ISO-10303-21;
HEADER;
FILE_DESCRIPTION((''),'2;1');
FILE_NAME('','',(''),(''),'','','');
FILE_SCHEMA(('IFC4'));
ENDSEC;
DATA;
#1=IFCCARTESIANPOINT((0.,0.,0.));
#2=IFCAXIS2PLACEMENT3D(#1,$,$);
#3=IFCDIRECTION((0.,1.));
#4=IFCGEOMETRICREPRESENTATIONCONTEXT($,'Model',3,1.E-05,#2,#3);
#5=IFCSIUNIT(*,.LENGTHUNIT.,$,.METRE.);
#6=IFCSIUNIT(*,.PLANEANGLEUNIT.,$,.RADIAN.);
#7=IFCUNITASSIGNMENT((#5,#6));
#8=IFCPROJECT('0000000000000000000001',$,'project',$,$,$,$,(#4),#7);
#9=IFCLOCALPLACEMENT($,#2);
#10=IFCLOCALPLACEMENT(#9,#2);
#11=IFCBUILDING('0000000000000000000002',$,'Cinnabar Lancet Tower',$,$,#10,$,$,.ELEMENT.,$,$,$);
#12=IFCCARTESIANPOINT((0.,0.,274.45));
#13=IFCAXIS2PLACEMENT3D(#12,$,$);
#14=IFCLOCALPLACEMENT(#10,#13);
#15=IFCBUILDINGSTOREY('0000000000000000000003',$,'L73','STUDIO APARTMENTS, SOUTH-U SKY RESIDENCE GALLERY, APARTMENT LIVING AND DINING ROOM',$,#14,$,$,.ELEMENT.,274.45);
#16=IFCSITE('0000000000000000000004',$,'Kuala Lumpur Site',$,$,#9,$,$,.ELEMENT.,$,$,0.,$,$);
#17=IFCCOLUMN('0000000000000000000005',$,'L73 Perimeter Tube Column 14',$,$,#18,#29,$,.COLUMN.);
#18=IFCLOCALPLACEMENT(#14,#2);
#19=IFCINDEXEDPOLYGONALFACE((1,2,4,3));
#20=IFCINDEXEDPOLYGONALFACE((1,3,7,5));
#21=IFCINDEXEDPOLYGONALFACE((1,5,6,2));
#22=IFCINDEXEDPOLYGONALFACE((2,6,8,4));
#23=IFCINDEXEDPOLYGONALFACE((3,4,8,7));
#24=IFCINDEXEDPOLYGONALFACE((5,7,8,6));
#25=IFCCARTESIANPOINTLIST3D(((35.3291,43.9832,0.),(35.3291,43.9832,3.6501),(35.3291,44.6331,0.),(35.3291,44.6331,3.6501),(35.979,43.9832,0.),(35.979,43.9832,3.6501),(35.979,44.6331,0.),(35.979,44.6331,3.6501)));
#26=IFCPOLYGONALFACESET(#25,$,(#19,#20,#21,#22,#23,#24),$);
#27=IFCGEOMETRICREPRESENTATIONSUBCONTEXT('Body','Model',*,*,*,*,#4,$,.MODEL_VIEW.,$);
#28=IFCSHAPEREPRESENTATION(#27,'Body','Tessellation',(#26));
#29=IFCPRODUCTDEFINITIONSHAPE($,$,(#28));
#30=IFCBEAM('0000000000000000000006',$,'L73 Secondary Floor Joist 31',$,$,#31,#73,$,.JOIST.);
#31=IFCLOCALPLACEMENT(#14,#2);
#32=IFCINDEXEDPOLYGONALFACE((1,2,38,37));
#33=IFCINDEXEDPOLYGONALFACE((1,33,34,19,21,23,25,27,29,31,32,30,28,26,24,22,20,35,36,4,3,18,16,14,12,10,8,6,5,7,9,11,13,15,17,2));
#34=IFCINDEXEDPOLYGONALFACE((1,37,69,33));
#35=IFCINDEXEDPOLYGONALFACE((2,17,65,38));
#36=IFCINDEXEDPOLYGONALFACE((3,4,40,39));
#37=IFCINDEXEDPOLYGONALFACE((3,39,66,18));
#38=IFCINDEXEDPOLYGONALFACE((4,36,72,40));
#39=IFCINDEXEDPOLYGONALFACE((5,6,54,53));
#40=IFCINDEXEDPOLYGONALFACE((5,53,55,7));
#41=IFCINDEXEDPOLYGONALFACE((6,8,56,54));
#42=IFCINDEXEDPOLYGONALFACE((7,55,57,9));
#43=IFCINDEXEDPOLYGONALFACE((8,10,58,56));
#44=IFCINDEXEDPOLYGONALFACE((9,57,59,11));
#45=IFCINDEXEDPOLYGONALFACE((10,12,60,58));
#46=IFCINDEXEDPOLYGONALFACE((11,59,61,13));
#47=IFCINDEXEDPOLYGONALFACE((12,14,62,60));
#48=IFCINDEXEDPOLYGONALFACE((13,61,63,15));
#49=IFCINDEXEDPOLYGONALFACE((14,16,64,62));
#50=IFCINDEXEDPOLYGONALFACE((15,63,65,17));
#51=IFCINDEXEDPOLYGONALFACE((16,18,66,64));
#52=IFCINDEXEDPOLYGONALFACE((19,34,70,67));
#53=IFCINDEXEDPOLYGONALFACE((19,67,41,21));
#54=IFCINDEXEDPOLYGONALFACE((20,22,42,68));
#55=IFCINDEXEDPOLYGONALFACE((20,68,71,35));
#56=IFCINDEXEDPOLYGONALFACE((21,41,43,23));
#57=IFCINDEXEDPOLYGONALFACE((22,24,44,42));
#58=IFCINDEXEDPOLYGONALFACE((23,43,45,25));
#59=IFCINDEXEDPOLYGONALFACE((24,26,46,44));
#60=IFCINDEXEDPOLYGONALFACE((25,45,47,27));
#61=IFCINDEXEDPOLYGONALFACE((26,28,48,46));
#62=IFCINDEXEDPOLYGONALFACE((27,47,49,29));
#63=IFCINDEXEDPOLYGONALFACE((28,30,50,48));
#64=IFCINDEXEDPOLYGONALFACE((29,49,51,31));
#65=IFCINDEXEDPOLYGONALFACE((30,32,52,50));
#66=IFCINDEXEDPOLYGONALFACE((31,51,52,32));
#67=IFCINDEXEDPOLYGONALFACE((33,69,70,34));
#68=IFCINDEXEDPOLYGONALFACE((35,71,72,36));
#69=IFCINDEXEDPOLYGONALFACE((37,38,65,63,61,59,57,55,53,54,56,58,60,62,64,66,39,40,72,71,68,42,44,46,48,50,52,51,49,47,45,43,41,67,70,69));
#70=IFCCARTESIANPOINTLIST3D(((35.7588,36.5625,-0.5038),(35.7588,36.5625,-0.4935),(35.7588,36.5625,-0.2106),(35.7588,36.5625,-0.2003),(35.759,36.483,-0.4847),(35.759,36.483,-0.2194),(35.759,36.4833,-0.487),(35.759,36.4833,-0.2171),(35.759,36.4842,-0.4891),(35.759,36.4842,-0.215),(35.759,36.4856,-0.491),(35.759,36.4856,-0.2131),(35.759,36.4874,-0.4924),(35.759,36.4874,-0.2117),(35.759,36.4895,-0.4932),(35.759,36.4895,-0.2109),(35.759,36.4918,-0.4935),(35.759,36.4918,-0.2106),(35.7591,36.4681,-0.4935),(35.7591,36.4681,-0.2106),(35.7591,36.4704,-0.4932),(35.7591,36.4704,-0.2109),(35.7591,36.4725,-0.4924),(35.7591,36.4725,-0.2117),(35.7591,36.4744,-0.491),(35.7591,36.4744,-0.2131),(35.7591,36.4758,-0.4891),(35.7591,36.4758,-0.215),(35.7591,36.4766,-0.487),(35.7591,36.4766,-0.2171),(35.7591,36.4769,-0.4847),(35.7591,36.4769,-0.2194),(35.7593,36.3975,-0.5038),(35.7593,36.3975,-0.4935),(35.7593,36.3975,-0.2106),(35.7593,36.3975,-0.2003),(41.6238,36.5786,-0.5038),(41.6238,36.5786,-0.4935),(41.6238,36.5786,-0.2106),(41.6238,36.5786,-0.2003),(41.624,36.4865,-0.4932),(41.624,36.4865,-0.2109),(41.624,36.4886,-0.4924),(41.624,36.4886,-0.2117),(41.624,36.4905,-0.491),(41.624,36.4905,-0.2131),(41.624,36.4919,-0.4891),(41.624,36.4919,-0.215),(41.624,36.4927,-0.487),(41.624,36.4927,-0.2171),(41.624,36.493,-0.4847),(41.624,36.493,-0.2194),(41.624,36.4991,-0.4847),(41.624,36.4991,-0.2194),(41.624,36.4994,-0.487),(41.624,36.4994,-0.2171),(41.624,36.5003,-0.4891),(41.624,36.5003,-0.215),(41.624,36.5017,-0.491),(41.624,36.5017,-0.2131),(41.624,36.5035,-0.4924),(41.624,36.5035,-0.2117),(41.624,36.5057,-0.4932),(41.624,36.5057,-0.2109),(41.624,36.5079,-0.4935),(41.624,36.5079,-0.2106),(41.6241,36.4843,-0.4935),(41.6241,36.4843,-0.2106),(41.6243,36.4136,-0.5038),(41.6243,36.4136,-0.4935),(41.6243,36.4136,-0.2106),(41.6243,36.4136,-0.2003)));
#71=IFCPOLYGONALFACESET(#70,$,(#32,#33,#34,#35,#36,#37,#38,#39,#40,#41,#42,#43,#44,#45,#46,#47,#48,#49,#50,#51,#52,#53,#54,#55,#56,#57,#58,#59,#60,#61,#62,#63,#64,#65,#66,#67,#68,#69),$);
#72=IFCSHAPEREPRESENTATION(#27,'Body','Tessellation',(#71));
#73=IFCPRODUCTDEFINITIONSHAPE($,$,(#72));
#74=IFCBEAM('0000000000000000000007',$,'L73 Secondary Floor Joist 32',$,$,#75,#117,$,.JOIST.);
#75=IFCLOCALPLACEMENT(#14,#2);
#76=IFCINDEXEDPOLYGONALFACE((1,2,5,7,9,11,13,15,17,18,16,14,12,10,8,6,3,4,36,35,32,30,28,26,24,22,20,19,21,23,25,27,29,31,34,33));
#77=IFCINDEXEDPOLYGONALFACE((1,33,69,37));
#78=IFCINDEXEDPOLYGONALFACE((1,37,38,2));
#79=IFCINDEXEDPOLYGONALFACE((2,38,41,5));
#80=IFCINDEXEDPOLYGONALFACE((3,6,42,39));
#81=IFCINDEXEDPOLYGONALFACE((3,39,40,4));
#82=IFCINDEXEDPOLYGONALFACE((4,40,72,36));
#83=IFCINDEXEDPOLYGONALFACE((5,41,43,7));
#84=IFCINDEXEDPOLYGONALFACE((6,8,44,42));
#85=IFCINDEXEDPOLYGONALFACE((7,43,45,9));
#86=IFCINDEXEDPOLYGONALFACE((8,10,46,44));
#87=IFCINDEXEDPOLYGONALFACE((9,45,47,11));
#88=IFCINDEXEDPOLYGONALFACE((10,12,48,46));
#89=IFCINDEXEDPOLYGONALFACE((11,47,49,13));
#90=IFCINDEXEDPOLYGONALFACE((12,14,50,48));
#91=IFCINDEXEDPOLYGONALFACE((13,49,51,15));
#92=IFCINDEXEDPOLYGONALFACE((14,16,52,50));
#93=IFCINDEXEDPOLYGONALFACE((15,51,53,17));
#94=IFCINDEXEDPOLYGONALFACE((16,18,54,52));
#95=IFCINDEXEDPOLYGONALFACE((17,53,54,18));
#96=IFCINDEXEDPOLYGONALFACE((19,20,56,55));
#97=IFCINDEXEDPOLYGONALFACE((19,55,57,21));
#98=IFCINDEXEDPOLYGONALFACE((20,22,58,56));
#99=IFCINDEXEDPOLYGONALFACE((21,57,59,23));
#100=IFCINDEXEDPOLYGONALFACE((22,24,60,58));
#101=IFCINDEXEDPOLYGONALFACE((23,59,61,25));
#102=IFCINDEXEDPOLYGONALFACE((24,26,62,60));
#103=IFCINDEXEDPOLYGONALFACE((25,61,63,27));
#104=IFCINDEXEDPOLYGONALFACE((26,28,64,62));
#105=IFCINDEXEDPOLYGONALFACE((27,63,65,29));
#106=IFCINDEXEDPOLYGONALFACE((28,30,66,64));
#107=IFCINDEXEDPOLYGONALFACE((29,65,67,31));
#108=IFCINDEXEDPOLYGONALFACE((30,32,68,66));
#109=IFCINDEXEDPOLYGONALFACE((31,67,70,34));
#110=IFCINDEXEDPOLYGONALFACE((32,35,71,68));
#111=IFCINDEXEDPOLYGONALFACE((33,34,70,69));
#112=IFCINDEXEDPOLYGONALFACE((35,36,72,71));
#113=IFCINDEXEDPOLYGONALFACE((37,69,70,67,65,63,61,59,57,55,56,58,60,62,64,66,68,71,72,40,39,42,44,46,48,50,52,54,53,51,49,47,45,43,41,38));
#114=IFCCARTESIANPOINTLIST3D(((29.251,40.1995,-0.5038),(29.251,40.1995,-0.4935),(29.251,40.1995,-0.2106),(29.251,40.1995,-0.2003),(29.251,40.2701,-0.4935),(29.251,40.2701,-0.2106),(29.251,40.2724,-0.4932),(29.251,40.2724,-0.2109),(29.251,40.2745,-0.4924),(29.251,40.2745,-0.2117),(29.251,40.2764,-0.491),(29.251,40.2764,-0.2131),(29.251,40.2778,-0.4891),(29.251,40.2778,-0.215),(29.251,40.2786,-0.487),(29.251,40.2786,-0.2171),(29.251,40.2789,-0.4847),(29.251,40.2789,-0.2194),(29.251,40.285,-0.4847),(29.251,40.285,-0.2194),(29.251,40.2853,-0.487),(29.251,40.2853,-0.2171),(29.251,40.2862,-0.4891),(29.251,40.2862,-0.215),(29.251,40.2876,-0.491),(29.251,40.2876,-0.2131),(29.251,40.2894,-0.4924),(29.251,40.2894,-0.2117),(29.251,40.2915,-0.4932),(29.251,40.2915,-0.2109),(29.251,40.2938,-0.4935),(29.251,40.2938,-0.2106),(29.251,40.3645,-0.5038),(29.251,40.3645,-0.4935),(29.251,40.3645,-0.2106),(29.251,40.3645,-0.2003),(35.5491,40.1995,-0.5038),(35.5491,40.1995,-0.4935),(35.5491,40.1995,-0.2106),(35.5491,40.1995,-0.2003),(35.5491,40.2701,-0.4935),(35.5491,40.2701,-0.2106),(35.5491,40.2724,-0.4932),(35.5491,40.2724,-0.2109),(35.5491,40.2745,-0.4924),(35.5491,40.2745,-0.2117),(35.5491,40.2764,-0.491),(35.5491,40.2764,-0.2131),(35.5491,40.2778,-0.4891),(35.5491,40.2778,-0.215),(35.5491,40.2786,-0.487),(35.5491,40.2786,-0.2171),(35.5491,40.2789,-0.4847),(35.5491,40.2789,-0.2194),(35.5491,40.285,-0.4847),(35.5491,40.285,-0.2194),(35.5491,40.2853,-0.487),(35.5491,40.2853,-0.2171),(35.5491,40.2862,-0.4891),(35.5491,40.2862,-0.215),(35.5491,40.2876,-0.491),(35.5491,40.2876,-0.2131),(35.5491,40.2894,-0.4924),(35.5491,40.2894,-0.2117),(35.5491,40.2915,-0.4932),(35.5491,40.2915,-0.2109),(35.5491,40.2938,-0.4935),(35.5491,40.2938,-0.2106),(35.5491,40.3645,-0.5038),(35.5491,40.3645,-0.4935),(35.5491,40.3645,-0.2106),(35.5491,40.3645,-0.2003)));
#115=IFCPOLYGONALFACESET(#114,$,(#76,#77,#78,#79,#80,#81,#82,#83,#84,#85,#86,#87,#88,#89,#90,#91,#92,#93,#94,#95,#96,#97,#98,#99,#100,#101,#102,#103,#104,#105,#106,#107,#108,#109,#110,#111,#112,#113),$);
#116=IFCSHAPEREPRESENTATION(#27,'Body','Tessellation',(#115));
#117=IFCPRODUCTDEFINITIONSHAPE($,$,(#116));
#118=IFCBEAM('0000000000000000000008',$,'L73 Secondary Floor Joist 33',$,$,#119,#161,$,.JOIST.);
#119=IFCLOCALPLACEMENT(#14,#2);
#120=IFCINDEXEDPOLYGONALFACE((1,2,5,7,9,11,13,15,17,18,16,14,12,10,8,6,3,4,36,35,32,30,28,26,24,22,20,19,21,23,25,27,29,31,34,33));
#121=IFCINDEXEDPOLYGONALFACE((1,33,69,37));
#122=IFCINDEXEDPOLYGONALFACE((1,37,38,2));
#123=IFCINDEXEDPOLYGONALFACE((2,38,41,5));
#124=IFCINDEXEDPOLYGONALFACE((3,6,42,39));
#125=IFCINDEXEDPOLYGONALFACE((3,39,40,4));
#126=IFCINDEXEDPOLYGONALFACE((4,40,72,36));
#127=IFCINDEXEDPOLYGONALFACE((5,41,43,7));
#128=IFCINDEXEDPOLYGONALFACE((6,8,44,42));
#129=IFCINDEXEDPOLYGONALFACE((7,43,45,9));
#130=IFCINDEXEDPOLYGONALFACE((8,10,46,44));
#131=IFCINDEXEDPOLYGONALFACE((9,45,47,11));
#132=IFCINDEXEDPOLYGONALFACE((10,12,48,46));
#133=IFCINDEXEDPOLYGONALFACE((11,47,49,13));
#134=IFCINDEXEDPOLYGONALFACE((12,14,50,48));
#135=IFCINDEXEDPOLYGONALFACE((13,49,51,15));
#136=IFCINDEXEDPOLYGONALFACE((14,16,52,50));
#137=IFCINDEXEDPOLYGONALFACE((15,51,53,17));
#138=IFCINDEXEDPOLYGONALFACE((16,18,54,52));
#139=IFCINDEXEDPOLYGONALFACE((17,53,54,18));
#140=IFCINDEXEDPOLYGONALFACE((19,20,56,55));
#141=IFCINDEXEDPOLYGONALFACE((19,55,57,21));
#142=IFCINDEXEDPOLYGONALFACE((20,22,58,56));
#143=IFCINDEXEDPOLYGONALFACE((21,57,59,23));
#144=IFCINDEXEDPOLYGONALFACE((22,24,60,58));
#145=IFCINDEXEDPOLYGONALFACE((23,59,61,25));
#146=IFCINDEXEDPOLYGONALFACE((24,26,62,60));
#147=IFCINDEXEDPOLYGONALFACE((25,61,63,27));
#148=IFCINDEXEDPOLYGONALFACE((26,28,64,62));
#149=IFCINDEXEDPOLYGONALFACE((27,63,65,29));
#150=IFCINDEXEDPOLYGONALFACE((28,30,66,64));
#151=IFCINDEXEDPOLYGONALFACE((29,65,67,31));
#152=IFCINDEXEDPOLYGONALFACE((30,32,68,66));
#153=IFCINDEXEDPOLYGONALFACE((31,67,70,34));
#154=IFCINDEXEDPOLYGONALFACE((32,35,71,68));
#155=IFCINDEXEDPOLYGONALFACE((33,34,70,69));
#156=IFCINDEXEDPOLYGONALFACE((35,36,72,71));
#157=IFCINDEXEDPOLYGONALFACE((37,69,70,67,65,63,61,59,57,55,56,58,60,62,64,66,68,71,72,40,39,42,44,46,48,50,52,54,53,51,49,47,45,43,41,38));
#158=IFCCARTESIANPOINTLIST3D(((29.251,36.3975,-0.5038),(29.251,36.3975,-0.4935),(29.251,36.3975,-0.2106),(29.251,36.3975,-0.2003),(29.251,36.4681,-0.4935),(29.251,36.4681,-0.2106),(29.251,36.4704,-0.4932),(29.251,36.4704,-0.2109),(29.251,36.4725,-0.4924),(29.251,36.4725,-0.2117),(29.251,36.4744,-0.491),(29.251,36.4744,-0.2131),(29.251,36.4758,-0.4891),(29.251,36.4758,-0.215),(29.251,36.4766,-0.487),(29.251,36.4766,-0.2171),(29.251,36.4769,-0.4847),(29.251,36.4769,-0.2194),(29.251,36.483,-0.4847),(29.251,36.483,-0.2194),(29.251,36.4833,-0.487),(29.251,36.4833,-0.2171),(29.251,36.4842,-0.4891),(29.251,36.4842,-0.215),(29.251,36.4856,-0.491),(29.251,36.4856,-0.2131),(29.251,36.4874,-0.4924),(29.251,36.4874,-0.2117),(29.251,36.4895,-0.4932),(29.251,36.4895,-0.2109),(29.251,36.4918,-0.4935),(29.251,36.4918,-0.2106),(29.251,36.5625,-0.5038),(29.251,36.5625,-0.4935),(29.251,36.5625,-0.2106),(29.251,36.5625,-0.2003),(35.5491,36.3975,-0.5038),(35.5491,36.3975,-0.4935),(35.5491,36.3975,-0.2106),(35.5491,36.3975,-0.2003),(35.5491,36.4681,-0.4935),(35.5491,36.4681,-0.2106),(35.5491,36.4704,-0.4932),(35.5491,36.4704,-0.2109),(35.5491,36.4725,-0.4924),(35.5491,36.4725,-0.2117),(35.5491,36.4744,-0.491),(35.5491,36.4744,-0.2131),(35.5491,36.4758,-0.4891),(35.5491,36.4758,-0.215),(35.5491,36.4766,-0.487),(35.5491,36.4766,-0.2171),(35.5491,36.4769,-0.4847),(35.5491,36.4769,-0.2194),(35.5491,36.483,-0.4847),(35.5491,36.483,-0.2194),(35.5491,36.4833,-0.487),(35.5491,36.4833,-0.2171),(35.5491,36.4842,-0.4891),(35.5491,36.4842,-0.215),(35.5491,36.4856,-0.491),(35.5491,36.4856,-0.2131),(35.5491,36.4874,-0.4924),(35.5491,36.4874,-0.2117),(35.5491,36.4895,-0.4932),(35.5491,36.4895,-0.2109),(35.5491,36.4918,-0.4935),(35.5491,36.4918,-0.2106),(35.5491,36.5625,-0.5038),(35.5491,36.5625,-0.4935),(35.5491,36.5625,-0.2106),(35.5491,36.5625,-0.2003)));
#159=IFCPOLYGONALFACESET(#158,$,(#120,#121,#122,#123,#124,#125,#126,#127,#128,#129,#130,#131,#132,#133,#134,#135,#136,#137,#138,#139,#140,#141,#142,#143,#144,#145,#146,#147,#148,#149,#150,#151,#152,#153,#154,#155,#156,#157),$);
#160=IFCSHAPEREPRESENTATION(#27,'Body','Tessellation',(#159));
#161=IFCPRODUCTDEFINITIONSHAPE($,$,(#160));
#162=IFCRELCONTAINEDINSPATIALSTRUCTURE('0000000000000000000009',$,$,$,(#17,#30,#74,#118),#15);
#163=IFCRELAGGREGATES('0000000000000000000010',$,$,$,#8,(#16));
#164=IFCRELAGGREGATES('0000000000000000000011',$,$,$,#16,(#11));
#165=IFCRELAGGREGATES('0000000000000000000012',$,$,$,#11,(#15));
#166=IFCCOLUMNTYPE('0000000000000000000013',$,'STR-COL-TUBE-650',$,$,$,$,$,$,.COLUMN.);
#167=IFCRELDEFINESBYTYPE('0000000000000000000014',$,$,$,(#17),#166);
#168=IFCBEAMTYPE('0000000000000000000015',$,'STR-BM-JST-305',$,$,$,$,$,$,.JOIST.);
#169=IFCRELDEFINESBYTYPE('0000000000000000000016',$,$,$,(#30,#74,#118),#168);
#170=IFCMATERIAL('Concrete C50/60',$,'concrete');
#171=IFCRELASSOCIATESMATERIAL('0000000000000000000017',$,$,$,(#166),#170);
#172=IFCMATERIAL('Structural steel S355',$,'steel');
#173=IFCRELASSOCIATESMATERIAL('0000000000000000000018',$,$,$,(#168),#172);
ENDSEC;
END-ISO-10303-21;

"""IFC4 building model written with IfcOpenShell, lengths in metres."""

from ifc_helpers import new_model, si_unit, direction, frame, origin, origin_2d, place, context, subcontext, project, spatial, rectangle, i_section, extrude, material, material_profile, profile_set, type_object, element, save


model = new_model("IFC4")

# Units and contexts
model_context = context("Model", 3, precision=1e-05, world=origin(), true_north=direction((0.0, 1.0)))
body_context = subcontext(model_context, "Body", "Model", "MODEL_VIEW")
ifc_project = project(units=[si_unit("LENGTHUNIT", "METRE"), si_unit("PLANEANGLEUNIT", "RADIAN")], contexts=[model_context])

# Site, building, storey
site_placement = place(None, origin())
site = spatial("IfcSite", under=ifc_project, at=site_placement, Name="Kuala Lumpur Site", CompositionType="ELEMENT", RefElevation=0.0)
building_placement = place(site_placement, origin())
building = spatial("IfcBuilding", under=site, at=building_placement, Name="Cinnabar Lancet Tower", CompositionType="ELEMENT")
storey_placement = place(building_placement, frame((0.0, 0.0, 274.45)))
storey = spatial("IfcBuildingStorey", under=building, at=storey_placement, Name="L73", Description="STUDIO APARTMENTS, SOUTH-U SKY RESIDENCE GALLERY, APARTMENT LIVING AND DINING ROOM", CompositionType="ELEMENT", Elevation=274.45)

# Column
ifc_material_1 = material(Name="Concrete C50/60", Category="concrete")
ifc_material_profile_1 = material_profile(ifc_material_1, rectangle(XDim=0.6499, YDim=0.6499, at=origin_2d()), Name="RC-COL 650x650")
ifc_profile_set_1 = profile_set([ifc_material_profile_1], Name="Concrete C50/60")
column_type = type_object("IfcColumnType", Name="STR-COL-TUBE-650", PredefinedType="COLUMN", material=ifc_profile_set_1)
column_placement = place(storey_placement, frame((35.6541, 44.3081, 0.0), z_axis=(0.0, 0.0, 1.0), x_axis=(1.0, 0.0, 0.0)))
element("IfcColumn", 1, at=column_placement, inside=storey, type_object=column_type, Name="L73 Perimeter Tube Column 14", PredefinedType="COLUMN", context=body_context, shape_type="SweptSolid", body=[
    extrude(rectangle(XDim=0.6499, YDim=0.6499, at=origin_2d()), origin(), (0.0, 0.0, 1.0), 3.6501),
])

# Beams
ifc_material_2 = material(Name="Structural steel S355", Category="steel")
ifc_material_profile_2 = material_profile(ifc_material_2, i_section(OverallWidth=0.165, OverallDepth=0.3035, WebThickness=0.0061, FlangeThickness=0.0103, FilletRadius=0.0088, at=origin_2d()), Name="UKB 305x165x40")
ifc_profile_set_2 = profile_set([ifc_material_profile_2], Name="Structural steel S355")
beam_type_1 = type_object("IfcBeamType", Name="STR-BM-JST-305", PredefinedType="JOIST", material=ifc_profile_set_2)
beam_1_placement = place(storey_placement, frame((41.624, 36.4961, -0.3521), z_axis=(-0.999996, -0.002747, 0.0), x_axis=(0.002747, -0.999996, 0.0)))
element("IfcBeam", 2, at=beam_1_placement, inside=storey, type_object=beam_type_1, Name="L73 Secondary Floor Joist 31", PredefinedType="JOIST", context=body_context, shape_type="SweptSolid", body=[
    extrude(i_section(OverallWidth=0.165, OverallDepth=0.3035, WebThickness=0.0061, FlangeThickness=0.0103, FilletRadius=0.0088, at=origin_2d()), origin(), (0.0, 0.0, 1.0), 5.865),
])
for number, where, z_axis, x_axis, name in (
    (3, (35.5491, 40.282, -0.3521), (-1.0, 0.0, 0.0), (0.0, -1.0, 0.0), "L73 Secondary Floor Joist 32"),
    (4, (35.5491, 36.48, -0.3521), (-1.0, 0.0, 0.0), (0.0, -1.0, 0.0), "L73 Secondary Floor Joist 33"),
):
    element("IfcBeam", number, at=place(storey_placement, frame(where, z_axis=z_axis, x_axis=x_axis)), inside=storey, type_object=beam_type_1, Name=name, PredefinedType="JOIST", context=body_context, shape_type="SweptSolid", body=[
        extrude(i_section(OverallWidth=0.165, OverallDepth=0.3035, WebThickness=0.0061, FlangeThickness=0.0103, FilletRadius=0.0088, at=origin_2d()), origin(), (0.0, 0.0, 1.0), 6.2981),
    ])

save(model, "model.ifc")
